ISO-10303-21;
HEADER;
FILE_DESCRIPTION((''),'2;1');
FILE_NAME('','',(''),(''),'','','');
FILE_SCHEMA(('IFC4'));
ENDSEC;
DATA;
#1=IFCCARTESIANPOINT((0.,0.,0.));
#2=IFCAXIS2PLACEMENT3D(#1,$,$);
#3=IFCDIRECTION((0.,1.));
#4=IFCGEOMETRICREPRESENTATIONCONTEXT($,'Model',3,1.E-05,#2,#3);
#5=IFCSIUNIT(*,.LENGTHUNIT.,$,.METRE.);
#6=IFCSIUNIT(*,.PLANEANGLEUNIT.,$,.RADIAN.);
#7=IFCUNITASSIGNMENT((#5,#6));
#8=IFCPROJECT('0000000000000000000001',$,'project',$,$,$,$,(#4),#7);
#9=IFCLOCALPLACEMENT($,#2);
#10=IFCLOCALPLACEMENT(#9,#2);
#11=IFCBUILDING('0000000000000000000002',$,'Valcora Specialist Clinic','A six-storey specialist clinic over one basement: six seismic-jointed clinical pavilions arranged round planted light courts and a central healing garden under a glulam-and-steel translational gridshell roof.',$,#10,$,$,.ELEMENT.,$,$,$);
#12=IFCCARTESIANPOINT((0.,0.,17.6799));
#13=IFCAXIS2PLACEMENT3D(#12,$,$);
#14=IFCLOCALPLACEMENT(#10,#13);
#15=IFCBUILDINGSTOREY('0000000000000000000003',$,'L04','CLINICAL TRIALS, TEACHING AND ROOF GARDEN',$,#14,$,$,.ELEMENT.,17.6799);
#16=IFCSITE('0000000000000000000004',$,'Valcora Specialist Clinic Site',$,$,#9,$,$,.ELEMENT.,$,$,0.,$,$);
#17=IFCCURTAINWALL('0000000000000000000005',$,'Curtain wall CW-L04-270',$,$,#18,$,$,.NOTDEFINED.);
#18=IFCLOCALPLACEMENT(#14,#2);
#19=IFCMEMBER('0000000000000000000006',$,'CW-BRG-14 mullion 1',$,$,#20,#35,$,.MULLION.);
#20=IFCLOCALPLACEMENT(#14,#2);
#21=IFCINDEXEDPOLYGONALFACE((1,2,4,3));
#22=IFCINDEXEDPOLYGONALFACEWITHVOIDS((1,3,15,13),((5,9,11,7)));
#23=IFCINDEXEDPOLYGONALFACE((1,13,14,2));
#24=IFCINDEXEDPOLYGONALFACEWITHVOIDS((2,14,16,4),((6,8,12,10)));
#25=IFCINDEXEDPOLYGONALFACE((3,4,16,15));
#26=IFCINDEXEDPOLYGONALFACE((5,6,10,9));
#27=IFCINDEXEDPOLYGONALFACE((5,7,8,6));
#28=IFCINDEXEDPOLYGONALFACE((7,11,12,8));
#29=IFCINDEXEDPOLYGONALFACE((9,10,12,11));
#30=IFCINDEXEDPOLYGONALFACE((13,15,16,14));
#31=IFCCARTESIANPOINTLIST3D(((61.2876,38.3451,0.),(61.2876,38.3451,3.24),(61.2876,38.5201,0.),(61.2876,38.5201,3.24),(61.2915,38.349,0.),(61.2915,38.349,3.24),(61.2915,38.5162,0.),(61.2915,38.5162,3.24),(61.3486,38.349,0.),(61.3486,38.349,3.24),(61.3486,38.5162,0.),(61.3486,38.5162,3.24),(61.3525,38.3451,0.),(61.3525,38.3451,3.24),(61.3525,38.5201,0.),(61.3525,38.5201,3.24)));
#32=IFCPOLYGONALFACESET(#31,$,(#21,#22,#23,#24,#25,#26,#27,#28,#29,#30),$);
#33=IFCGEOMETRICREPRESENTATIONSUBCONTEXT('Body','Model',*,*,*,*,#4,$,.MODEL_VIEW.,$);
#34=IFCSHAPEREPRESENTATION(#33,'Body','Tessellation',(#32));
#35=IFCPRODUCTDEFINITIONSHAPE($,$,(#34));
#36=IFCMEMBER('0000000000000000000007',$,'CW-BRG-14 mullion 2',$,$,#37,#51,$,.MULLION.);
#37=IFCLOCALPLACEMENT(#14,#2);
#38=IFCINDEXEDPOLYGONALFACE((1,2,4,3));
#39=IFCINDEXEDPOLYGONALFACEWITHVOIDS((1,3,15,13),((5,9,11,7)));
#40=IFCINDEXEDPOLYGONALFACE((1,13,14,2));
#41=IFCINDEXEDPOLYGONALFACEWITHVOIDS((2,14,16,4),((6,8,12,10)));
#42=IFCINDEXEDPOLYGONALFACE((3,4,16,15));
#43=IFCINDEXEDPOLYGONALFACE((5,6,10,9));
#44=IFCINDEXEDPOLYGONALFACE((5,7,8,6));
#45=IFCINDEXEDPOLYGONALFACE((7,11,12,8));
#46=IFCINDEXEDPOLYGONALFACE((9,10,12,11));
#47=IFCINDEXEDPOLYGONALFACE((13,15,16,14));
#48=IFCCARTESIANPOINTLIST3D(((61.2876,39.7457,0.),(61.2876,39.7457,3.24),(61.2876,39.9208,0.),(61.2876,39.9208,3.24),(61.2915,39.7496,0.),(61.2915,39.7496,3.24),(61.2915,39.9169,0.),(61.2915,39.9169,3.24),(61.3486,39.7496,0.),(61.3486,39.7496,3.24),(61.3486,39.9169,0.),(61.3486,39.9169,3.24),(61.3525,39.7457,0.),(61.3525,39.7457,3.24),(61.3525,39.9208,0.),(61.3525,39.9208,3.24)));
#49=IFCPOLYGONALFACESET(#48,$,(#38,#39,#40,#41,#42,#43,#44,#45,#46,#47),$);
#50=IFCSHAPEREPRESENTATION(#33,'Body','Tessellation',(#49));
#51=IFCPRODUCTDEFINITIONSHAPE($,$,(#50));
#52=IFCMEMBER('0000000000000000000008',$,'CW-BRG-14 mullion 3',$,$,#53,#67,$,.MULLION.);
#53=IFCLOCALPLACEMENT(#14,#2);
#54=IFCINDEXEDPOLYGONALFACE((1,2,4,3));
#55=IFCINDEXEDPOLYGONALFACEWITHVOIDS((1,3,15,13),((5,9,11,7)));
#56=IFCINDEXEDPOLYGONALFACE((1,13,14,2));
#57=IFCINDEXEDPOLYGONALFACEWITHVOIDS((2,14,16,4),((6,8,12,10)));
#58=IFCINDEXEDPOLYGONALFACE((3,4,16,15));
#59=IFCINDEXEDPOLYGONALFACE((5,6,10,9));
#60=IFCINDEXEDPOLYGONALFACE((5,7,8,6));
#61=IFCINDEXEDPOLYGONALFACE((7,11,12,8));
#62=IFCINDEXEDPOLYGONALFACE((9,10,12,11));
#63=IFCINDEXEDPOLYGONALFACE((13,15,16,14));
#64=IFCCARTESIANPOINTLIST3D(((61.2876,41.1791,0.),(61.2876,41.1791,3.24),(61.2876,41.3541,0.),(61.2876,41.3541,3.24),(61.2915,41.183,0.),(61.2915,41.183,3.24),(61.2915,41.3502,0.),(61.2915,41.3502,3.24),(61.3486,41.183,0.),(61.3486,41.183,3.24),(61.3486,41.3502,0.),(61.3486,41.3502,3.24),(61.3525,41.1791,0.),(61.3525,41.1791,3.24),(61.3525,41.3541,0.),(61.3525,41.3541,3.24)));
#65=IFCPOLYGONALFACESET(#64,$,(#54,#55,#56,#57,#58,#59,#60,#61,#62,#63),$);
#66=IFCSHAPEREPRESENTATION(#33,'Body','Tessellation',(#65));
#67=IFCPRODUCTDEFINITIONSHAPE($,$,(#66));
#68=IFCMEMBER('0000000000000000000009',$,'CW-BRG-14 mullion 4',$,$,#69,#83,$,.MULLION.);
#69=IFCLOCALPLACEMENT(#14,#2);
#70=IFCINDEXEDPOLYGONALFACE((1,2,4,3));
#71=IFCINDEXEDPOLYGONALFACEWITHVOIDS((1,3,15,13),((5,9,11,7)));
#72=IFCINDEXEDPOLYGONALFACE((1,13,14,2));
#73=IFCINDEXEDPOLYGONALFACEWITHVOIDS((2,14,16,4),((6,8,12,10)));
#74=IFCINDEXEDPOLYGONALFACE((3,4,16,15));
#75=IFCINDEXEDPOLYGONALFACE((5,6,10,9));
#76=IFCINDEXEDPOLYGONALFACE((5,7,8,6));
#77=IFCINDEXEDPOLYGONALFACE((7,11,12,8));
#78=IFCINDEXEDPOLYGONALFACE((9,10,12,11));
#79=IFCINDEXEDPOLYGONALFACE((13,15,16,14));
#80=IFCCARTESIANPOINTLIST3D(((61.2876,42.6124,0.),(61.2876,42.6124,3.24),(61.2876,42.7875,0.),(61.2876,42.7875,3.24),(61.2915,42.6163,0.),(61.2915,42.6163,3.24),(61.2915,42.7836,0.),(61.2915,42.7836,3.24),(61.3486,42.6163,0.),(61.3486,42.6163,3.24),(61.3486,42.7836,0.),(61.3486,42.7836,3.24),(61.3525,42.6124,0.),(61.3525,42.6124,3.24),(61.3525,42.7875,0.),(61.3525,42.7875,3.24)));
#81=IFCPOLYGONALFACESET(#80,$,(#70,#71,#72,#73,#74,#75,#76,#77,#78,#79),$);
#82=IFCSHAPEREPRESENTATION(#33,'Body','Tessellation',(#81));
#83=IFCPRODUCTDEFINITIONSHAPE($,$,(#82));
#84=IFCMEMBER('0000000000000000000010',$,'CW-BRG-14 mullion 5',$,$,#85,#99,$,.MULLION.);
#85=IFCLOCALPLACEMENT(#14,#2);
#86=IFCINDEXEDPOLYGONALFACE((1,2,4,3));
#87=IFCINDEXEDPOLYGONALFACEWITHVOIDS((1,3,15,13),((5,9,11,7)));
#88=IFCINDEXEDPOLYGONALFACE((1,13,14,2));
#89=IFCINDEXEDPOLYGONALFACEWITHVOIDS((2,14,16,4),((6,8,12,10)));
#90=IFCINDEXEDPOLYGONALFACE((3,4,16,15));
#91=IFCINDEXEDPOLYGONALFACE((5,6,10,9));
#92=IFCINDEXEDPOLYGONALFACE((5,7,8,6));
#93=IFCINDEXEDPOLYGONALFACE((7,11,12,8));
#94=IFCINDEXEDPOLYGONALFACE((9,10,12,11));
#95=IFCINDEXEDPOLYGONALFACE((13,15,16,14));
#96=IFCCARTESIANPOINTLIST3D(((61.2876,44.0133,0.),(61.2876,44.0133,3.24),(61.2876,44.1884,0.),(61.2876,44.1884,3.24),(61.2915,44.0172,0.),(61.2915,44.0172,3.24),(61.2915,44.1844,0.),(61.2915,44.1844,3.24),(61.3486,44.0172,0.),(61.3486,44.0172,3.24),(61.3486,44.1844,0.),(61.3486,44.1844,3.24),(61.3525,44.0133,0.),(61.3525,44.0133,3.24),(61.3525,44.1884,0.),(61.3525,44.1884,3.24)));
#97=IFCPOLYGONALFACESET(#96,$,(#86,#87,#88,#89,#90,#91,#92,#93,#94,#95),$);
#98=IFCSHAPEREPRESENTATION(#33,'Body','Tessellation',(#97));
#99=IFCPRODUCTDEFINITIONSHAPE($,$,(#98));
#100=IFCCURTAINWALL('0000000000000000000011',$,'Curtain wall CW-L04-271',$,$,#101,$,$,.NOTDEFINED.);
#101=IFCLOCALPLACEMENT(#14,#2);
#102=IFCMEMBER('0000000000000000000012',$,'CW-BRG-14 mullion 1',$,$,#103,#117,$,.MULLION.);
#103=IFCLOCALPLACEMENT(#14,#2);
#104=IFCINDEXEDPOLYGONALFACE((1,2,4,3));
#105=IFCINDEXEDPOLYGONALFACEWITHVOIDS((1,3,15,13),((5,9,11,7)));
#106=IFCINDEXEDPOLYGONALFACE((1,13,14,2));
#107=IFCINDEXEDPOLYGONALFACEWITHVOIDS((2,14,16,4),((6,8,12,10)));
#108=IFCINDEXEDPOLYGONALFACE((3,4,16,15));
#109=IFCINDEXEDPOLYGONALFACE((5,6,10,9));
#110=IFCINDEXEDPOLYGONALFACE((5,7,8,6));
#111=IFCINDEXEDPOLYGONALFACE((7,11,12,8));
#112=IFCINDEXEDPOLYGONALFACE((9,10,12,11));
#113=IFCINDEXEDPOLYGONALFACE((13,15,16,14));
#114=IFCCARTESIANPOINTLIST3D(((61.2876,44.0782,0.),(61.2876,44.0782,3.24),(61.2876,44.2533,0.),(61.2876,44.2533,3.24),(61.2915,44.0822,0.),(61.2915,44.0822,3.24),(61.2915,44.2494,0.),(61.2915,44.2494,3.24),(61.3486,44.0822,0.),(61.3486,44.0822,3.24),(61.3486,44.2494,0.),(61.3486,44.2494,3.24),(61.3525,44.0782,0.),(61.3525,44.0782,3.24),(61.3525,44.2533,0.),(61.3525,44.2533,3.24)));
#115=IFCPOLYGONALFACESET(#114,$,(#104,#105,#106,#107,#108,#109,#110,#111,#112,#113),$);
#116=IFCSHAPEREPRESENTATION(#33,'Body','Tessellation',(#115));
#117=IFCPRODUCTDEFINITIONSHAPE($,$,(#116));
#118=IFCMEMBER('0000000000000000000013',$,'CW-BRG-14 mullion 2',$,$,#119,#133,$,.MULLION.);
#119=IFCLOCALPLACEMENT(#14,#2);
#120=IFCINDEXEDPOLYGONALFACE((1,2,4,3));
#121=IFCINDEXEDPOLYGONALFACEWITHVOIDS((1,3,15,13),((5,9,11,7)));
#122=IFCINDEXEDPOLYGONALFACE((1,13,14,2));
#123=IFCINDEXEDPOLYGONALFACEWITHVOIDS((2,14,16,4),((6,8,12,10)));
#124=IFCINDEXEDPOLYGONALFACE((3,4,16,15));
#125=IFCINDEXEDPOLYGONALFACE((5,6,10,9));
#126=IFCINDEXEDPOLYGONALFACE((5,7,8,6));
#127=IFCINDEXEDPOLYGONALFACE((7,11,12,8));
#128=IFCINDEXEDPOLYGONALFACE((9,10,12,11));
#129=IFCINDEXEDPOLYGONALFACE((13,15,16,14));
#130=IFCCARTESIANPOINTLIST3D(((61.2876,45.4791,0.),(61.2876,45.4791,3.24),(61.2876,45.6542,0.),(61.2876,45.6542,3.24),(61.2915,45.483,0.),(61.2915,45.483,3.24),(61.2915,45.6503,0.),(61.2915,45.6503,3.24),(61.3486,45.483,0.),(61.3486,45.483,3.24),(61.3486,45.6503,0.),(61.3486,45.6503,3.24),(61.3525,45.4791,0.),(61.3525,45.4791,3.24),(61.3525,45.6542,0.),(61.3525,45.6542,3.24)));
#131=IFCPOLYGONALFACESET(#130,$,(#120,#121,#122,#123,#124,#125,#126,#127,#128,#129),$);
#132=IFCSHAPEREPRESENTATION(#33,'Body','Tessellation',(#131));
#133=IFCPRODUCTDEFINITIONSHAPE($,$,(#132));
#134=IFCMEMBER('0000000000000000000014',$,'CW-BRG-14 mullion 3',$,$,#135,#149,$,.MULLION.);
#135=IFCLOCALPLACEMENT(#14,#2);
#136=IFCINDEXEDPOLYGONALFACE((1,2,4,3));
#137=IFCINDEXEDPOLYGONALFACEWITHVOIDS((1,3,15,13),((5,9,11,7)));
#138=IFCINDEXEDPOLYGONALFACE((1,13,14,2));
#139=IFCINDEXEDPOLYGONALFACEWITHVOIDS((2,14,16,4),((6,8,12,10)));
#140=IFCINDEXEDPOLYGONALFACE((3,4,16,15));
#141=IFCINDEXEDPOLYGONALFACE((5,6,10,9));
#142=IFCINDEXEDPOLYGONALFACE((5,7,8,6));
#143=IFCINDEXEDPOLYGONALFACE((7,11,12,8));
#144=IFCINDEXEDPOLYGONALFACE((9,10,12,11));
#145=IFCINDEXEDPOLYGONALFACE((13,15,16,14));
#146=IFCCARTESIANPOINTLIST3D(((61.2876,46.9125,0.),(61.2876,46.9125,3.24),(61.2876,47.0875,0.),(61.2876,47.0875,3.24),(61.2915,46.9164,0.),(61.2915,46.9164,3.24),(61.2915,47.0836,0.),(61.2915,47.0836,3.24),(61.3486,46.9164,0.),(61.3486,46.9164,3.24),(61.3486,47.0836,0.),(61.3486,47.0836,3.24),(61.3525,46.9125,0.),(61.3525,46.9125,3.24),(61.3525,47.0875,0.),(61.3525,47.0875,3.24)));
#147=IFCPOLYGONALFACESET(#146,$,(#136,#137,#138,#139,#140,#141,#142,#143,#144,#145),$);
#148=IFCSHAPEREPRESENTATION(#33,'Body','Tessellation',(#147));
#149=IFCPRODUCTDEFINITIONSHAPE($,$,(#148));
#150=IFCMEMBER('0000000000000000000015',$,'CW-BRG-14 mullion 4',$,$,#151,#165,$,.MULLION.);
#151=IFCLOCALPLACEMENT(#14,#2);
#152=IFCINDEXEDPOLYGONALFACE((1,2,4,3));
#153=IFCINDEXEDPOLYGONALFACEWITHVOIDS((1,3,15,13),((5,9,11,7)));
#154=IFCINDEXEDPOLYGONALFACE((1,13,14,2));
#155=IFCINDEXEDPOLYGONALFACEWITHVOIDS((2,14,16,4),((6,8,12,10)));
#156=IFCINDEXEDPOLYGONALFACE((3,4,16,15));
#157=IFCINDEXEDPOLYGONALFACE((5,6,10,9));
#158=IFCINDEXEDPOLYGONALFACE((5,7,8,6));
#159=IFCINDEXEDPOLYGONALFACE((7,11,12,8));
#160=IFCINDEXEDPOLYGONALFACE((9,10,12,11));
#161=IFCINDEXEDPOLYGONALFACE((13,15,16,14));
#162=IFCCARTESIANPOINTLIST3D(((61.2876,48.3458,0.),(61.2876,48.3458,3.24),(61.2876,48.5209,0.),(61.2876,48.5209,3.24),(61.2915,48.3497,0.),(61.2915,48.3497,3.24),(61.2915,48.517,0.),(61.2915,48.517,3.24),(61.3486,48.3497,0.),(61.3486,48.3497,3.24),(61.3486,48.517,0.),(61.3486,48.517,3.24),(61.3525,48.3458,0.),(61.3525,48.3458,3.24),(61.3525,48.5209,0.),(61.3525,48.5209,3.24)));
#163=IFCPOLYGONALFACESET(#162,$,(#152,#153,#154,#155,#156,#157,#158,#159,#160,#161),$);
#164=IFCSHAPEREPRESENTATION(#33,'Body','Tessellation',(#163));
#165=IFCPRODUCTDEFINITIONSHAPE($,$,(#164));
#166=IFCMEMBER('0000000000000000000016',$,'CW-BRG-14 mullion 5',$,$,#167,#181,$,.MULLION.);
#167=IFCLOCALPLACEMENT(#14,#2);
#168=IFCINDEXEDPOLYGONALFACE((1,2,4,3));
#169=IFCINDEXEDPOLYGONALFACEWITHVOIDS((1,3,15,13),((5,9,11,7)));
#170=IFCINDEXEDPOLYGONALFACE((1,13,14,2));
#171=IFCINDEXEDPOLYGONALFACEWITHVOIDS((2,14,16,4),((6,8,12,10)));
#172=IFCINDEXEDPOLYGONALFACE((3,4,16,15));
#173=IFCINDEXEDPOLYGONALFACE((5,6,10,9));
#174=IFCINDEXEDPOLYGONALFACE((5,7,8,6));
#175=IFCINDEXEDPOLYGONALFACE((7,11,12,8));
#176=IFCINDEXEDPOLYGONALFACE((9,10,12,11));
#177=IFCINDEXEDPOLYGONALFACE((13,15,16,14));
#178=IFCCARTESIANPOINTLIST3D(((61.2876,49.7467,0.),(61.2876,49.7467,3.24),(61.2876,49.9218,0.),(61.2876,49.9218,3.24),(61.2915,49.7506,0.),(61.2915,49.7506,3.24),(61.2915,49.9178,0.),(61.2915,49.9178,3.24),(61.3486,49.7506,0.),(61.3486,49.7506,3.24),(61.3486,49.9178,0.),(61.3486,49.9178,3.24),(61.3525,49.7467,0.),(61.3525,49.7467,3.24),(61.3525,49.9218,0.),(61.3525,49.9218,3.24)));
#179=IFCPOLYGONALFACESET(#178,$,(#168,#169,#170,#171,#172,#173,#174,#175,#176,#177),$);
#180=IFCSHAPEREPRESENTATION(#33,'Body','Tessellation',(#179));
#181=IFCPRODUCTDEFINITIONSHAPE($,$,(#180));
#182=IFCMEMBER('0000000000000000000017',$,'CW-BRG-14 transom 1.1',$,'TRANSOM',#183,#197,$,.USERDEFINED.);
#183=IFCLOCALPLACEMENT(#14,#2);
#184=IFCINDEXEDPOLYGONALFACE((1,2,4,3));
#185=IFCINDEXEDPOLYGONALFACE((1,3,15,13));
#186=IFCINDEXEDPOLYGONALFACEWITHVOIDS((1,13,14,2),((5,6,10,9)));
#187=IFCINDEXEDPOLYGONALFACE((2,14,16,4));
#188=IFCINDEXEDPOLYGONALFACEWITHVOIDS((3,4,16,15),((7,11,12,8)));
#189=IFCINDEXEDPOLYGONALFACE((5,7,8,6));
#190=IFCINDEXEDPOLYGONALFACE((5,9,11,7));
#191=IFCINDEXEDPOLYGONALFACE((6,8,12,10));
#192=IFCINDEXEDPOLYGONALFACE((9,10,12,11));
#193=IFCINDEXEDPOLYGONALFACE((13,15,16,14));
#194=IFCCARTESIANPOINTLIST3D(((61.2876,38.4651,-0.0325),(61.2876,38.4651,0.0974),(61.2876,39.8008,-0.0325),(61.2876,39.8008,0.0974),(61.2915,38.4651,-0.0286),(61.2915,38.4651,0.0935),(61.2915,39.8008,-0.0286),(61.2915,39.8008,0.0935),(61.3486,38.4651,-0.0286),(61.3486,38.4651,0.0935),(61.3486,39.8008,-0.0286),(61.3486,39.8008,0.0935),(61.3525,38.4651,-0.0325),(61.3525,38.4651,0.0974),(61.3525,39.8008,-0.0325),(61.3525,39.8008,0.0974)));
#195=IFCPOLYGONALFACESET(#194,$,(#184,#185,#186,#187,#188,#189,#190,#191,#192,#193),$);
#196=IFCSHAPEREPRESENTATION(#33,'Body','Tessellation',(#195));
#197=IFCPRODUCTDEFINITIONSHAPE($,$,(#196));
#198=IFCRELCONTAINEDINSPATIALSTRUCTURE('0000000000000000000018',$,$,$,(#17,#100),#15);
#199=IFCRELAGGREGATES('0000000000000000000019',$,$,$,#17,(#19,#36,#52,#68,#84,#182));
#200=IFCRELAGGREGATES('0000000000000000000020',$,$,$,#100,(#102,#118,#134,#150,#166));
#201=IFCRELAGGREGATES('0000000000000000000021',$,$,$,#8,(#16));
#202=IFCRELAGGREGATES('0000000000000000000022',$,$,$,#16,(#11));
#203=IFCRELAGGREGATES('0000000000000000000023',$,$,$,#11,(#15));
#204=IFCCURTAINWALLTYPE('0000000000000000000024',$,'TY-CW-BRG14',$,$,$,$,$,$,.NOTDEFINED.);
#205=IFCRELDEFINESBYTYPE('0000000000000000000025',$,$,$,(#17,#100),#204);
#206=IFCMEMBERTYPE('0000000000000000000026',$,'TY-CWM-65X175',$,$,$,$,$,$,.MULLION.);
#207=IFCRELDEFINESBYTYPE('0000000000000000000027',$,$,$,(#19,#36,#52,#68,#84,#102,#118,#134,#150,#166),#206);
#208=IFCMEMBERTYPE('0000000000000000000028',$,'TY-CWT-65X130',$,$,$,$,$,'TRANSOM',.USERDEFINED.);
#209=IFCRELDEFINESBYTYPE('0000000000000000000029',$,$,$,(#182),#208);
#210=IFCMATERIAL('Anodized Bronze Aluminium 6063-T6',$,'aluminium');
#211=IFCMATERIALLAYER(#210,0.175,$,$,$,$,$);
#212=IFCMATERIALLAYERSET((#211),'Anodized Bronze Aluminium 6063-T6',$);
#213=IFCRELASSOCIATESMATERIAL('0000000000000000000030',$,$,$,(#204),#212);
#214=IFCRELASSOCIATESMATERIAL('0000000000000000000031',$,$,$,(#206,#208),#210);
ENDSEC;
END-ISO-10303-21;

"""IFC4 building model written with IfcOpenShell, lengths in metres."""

from ifc_helpers import new_model, si_unit, direction, frame, origin, origin_2d, place, context, subcontext, project, spatial, hollow_rectangle, extrude, material, layer, layer_set, material_profile, profile_set, type_object, element, aggregate, save


model = new_model("IFC4")

# Units and contexts
model_context = context("Model", 3, precision=1e-05, world=origin(), true_north=direction((0.0, 1.0)))
body_context = subcontext(model_context, "Body", "Model", "MODEL_VIEW")
ifc_project = project(units=[si_unit("LENGTHUNIT", "METRE"), si_unit("PLANEANGLEUNIT", "RADIAN")], contexts=[model_context])

# Site, building, storey
site_placement = place(None, origin())
site = spatial("IfcSite", under=ifc_project, at=site_placement, Name="Valcora Specialist Clinic Site", CompositionType="ELEMENT", RefElevation=0.0)
building_placement = place(site_placement, origin())
building = spatial("IfcBuilding", under=site, at=building_placement, Name="Valcora Specialist Clinic", Description="A six-storey specialist clinic over one basement: six seismic-jointed clinical pavilions arranged round planted light courts and a central healing garden under a glulam-and-steel translational gridshell roof.", CompositionType="ELEMENT")
storey_placement = place(building_placement, frame((0.0, 0.0, 17.6799)))
storey = spatial("IfcBuildingStorey", under=building, at=storey_placement, Name="L04", Description="CLINICAL TRIALS, TEACHING AND ROOF GARDEN", CompositionType="ELEMENT", Elevation=17.6799)

# Curtain walls, members
ifc_material_1 = material(Name="Anodized Bronze Aluminium 6063-T6", Category="aluminium")
ifc_layer_1 = layer(ifc_material_1, 0.175)
ifc_layer_set_1 = layer_set([ifc_layer_1], Name="Anodized Bronze Aluminium 6063-T6")
curtain_wall_type = type_object("IfcCurtainWallType", Name="TY-CW-BRG14", PredefinedType="NOTDEFINED", material=ifc_layer_set_1)
curtain_wall_1_placement = place(storey_placement, origin())
curtain_wall_1 = element("IfcCurtainWall", 1, at=curtain_wall_1_placement, inside=storey, type_object=curtain_wall_type, Name="Curtain wall CW-L04-270", PredefinedType="NOTDEFINED")
ifc_material_profile_1 = material_profile(ifc_material_1, hollow_rectangle(XDim=0.0649, YDim=0.175, WallThickness=0.0039, at=origin_2d()), Name="AL-MUL-65X175")
ifc_profile_set_1 = profile_set([ifc_material_profile_1], Name="Anodized Bronze Aluminium 6063-T6")
member_type_1 = type_object("IfcMemberType", Name="TY-CWM-65X175", PredefinedType="MULLION", material=ifc_profile_set_1)
member_1_placement = place(storey_placement, frame((61.3201, 38.4326, 0.0), z_axis=(0.0, 0.0, 1.0), x_axis=(-1.0, 0.0, 0.0)))
member_1 = element("IfcMember", 2, at=member_1_placement, type_object=member_type_1, Name="CW-BRG-14 mullion 1", PredefinedType="MULLION", context=body_context, shape_type="SweptSolid", body=[
    extrude(hollow_rectangle(XDim=0.0649, YDim=0.175, WallThickness=0.0039, at=origin_2d()), origin(), (0.0, 0.0, 1.0), 3.24),
])
member_2_placement = place(storey_placement, frame((61.3201, 39.8333, 0.0), z_axis=(0.0, 0.0, 1.0), x_axis=(-1.0, 0.0, 0.0)))
member_2 = element("IfcMember", 3, at=member_2_placement, type_object=member_type_1, Name="CW-BRG-14 mullion 2", PredefinedType="MULLION", context=body_context, shape_type="SweptSolid", body=[
    extrude(hollow_rectangle(XDim=0.0649, YDim=0.175, WallThickness=0.0039, at=origin_2d()), origin(), (0.0, 0.0, 1.0), 3.24),
])
member_3_placement = place(storey_placement, frame((61.3201, 41.2666, 0.0), z_axis=(0.0, 0.0, 1.0), x_axis=(-1.0, 0.0, 0.0)))
member_3 = element("IfcMember", 4, at=member_3_placement, type_object=member_type_1, Name="CW-BRG-14 mullion 3", PredefinedType="MULLION", context=body_context, shape_type="SweptSolid", body=[
    extrude(hollow_rectangle(XDim=0.0649, YDim=0.175, WallThickness=0.0039, at=origin_2d()), origin(), (0.0, 0.0, 1.0), 3.24),
])
member_4_placement = place(storey_placement, frame((61.3201, 42.7, 0.0), z_axis=(0.0, 0.0, 1.0), x_axis=(-1.0, 0.0, 0.0)))
member_4 = element("IfcMember", 5, at=member_4_placement, type_object=member_type_1, Name="CW-BRG-14 mullion 4", PredefinedType="MULLION", context=body_context, shape_type="SweptSolid", body=[
    extrude(hollow_rectangle(XDim=0.0649, YDim=0.175, WallThickness=0.0039, at=origin_2d()), origin(), (0.0, 0.0, 1.0), 3.24),
])
member_5_placement = place(storey_placement, frame((61.3201, 44.1008, 0.0), z_axis=(0.0, 0.0, 1.0), x_axis=(-1.0, 0.0, 0.0)))
member_5 = element("IfcMember", 6, at=member_5_placement, type_object=member_type_1, Name="CW-BRG-14 mullion 5", PredefinedType="MULLION", context=body_context, shape_type="SweptSolid", body=[
    extrude(hollow_rectangle(XDim=0.0649, YDim=0.175, WallThickness=0.0039, at=origin_2d()), origin(), (0.0, 0.0, 1.0), 3.24),
])
curtain_wall_2_placement = place(storey_placement, origin())
curtain_wall_2 = element("IfcCurtainWall", 7, at=curtain_wall_2_placement, inside=storey, type_object=curtain_wall_type, Name="Curtain wall CW-L04-271", PredefinedType="NOTDEFINED")
member_6_placement = place(storey_placement, frame((61.3201, 44.1658, 0.0), z_axis=(0.0, 0.0, 1.0), x_axis=(-1.0, 0.0, 0.0)))
member_6 = element("IfcMember", 8, at=member_6_placement, type_object=member_type_1, Name="CW-BRG-14 mullion 1", PredefinedType="MULLION", context=body_context, shape_type="SweptSolid", body=[
    extrude(hollow_rectangle(XDim=0.0649, YDim=0.175, WallThickness=0.0039, at=origin_2d()), origin(), (0.0, 0.0, 1.0), 3.24),
])
member_7_placement = place(storey_placement, frame((61.3201, 45.5667, 0.0), z_axis=(0.0, 0.0, 1.0), x_axis=(-1.0, 0.0, 0.0)))
member_7 = element("IfcMember", 9, at=member_7_placement, type_object=member_type_1, Name="CW-BRG-14 mullion 2", PredefinedType="MULLION", context=body_context, shape_type="SweptSolid", body=[
    extrude(hollow_rectangle(XDim=0.0649, YDim=0.175, WallThickness=0.0039, at=origin_2d()), origin(), (0.0, 0.0, 1.0), 3.24),
])
member_8_placement = place(storey_placement, frame((61.3201, 47.0, 0.0), z_axis=(0.0, 0.0, 1.0), x_axis=(-1.0, 0.0, 0.0)))
member_8 = element("IfcMember", 10, at=member_8_placement, type_object=member_type_1, Name="CW-BRG-14 mullion 3", PredefinedType="MULLION", context=body_context, shape_type="SweptSolid", body=[
    extrude(hollow_rectangle(XDim=0.0649, YDim=0.175, WallThickness=0.0039, at=origin_2d()), origin(), (0.0, 0.0, 1.0), 3.24),
])
member_9_placement = place(storey_placement, frame((61.3201, 48.4333, 0.0), z_axis=(0.0, 0.0, 1.0), x_axis=(-1.0, 0.0, 0.0)))
member_9 = element("IfcMember", 11, at=member_9_placement, type_object=member_type_1, Name="CW-BRG-14 mullion 4", PredefinedType="MULLION", context=body_context, shape_type="SweptSolid", body=[
    extrude(hollow_rectangle(XDim=0.0649, YDim=0.175, WallThickness=0.0039, at=origin_2d()), origin(), (0.0, 0.0, 1.0), 3.24),
])
member_10_placement = place(storey_placement, frame((61.3201, 49.8342, 0.0), z_axis=(0.0, 0.0, 1.0), x_axis=(-1.0, 0.0, 0.0)))
member_10 = element("IfcMember", 12, at=member_10_placement, type_object=member_type_1, Name="CW-BRG-14 mullion 5", PredefinedType="MULLION", context=body_context, shape_type="SweptSolid", body=[
    extrude(hollow_rectangle(XDim=0.0649, YDim=0.175, WallThickness=0.0039, at=origin_2d()), origin(), (0.0, 0.0, 1.0), 3.24),
])

# Member
ifc_material_profile_2 = material_profile(ifc_material_1, hollow_rectangle(XDim=0.0649, YDim=0.1299, WallThickness=0.0039, at=origin_2d()), Name="AL-TRN-65X130")
ifc_profile_set_2 = profile_set([ifc_material_profile_2], Name="Anodized Bronze Aluminium 6063-T6")
member_type_2 = type_object("IfcMemberType", Name="TY-CWT-65X130", ElementType="TRANSOM", PredefinedType="USERDEFINED", material=ifc_profile_set_2)
member_11_placement = place(storey_placement, frame((61.3201, 38.4651, 0.0325), z_axis=(0.0, 1.0, 0.0), x_axis=(-1.0, 0.0, 0.0)))
member_11 = element("IfcMember", 13, at=member_11_placement, type_object=member_type_2, Name="CW-BRG-14 transom 1.1", ObjectType="TRANSOM", PredefinedType="USERDEFINED", context=body_context, shape_type="SweptSolid", body=[
    extrude(hollow_rectangle(XDim=0.0649, YDim=0.1299, WallThickness=0.0039, at=origin_2d()), origin(), (0.0, 0.0, 1.0), 1.3357),
])

aggregate(curtain_wall_1, [member_1, member_2, member_3, member_4, member_5, member_11])
aggregate(curtain_wall_2, [member_6, member_7, member_8, member_9, member_10])

save(model, "model.ifc")
